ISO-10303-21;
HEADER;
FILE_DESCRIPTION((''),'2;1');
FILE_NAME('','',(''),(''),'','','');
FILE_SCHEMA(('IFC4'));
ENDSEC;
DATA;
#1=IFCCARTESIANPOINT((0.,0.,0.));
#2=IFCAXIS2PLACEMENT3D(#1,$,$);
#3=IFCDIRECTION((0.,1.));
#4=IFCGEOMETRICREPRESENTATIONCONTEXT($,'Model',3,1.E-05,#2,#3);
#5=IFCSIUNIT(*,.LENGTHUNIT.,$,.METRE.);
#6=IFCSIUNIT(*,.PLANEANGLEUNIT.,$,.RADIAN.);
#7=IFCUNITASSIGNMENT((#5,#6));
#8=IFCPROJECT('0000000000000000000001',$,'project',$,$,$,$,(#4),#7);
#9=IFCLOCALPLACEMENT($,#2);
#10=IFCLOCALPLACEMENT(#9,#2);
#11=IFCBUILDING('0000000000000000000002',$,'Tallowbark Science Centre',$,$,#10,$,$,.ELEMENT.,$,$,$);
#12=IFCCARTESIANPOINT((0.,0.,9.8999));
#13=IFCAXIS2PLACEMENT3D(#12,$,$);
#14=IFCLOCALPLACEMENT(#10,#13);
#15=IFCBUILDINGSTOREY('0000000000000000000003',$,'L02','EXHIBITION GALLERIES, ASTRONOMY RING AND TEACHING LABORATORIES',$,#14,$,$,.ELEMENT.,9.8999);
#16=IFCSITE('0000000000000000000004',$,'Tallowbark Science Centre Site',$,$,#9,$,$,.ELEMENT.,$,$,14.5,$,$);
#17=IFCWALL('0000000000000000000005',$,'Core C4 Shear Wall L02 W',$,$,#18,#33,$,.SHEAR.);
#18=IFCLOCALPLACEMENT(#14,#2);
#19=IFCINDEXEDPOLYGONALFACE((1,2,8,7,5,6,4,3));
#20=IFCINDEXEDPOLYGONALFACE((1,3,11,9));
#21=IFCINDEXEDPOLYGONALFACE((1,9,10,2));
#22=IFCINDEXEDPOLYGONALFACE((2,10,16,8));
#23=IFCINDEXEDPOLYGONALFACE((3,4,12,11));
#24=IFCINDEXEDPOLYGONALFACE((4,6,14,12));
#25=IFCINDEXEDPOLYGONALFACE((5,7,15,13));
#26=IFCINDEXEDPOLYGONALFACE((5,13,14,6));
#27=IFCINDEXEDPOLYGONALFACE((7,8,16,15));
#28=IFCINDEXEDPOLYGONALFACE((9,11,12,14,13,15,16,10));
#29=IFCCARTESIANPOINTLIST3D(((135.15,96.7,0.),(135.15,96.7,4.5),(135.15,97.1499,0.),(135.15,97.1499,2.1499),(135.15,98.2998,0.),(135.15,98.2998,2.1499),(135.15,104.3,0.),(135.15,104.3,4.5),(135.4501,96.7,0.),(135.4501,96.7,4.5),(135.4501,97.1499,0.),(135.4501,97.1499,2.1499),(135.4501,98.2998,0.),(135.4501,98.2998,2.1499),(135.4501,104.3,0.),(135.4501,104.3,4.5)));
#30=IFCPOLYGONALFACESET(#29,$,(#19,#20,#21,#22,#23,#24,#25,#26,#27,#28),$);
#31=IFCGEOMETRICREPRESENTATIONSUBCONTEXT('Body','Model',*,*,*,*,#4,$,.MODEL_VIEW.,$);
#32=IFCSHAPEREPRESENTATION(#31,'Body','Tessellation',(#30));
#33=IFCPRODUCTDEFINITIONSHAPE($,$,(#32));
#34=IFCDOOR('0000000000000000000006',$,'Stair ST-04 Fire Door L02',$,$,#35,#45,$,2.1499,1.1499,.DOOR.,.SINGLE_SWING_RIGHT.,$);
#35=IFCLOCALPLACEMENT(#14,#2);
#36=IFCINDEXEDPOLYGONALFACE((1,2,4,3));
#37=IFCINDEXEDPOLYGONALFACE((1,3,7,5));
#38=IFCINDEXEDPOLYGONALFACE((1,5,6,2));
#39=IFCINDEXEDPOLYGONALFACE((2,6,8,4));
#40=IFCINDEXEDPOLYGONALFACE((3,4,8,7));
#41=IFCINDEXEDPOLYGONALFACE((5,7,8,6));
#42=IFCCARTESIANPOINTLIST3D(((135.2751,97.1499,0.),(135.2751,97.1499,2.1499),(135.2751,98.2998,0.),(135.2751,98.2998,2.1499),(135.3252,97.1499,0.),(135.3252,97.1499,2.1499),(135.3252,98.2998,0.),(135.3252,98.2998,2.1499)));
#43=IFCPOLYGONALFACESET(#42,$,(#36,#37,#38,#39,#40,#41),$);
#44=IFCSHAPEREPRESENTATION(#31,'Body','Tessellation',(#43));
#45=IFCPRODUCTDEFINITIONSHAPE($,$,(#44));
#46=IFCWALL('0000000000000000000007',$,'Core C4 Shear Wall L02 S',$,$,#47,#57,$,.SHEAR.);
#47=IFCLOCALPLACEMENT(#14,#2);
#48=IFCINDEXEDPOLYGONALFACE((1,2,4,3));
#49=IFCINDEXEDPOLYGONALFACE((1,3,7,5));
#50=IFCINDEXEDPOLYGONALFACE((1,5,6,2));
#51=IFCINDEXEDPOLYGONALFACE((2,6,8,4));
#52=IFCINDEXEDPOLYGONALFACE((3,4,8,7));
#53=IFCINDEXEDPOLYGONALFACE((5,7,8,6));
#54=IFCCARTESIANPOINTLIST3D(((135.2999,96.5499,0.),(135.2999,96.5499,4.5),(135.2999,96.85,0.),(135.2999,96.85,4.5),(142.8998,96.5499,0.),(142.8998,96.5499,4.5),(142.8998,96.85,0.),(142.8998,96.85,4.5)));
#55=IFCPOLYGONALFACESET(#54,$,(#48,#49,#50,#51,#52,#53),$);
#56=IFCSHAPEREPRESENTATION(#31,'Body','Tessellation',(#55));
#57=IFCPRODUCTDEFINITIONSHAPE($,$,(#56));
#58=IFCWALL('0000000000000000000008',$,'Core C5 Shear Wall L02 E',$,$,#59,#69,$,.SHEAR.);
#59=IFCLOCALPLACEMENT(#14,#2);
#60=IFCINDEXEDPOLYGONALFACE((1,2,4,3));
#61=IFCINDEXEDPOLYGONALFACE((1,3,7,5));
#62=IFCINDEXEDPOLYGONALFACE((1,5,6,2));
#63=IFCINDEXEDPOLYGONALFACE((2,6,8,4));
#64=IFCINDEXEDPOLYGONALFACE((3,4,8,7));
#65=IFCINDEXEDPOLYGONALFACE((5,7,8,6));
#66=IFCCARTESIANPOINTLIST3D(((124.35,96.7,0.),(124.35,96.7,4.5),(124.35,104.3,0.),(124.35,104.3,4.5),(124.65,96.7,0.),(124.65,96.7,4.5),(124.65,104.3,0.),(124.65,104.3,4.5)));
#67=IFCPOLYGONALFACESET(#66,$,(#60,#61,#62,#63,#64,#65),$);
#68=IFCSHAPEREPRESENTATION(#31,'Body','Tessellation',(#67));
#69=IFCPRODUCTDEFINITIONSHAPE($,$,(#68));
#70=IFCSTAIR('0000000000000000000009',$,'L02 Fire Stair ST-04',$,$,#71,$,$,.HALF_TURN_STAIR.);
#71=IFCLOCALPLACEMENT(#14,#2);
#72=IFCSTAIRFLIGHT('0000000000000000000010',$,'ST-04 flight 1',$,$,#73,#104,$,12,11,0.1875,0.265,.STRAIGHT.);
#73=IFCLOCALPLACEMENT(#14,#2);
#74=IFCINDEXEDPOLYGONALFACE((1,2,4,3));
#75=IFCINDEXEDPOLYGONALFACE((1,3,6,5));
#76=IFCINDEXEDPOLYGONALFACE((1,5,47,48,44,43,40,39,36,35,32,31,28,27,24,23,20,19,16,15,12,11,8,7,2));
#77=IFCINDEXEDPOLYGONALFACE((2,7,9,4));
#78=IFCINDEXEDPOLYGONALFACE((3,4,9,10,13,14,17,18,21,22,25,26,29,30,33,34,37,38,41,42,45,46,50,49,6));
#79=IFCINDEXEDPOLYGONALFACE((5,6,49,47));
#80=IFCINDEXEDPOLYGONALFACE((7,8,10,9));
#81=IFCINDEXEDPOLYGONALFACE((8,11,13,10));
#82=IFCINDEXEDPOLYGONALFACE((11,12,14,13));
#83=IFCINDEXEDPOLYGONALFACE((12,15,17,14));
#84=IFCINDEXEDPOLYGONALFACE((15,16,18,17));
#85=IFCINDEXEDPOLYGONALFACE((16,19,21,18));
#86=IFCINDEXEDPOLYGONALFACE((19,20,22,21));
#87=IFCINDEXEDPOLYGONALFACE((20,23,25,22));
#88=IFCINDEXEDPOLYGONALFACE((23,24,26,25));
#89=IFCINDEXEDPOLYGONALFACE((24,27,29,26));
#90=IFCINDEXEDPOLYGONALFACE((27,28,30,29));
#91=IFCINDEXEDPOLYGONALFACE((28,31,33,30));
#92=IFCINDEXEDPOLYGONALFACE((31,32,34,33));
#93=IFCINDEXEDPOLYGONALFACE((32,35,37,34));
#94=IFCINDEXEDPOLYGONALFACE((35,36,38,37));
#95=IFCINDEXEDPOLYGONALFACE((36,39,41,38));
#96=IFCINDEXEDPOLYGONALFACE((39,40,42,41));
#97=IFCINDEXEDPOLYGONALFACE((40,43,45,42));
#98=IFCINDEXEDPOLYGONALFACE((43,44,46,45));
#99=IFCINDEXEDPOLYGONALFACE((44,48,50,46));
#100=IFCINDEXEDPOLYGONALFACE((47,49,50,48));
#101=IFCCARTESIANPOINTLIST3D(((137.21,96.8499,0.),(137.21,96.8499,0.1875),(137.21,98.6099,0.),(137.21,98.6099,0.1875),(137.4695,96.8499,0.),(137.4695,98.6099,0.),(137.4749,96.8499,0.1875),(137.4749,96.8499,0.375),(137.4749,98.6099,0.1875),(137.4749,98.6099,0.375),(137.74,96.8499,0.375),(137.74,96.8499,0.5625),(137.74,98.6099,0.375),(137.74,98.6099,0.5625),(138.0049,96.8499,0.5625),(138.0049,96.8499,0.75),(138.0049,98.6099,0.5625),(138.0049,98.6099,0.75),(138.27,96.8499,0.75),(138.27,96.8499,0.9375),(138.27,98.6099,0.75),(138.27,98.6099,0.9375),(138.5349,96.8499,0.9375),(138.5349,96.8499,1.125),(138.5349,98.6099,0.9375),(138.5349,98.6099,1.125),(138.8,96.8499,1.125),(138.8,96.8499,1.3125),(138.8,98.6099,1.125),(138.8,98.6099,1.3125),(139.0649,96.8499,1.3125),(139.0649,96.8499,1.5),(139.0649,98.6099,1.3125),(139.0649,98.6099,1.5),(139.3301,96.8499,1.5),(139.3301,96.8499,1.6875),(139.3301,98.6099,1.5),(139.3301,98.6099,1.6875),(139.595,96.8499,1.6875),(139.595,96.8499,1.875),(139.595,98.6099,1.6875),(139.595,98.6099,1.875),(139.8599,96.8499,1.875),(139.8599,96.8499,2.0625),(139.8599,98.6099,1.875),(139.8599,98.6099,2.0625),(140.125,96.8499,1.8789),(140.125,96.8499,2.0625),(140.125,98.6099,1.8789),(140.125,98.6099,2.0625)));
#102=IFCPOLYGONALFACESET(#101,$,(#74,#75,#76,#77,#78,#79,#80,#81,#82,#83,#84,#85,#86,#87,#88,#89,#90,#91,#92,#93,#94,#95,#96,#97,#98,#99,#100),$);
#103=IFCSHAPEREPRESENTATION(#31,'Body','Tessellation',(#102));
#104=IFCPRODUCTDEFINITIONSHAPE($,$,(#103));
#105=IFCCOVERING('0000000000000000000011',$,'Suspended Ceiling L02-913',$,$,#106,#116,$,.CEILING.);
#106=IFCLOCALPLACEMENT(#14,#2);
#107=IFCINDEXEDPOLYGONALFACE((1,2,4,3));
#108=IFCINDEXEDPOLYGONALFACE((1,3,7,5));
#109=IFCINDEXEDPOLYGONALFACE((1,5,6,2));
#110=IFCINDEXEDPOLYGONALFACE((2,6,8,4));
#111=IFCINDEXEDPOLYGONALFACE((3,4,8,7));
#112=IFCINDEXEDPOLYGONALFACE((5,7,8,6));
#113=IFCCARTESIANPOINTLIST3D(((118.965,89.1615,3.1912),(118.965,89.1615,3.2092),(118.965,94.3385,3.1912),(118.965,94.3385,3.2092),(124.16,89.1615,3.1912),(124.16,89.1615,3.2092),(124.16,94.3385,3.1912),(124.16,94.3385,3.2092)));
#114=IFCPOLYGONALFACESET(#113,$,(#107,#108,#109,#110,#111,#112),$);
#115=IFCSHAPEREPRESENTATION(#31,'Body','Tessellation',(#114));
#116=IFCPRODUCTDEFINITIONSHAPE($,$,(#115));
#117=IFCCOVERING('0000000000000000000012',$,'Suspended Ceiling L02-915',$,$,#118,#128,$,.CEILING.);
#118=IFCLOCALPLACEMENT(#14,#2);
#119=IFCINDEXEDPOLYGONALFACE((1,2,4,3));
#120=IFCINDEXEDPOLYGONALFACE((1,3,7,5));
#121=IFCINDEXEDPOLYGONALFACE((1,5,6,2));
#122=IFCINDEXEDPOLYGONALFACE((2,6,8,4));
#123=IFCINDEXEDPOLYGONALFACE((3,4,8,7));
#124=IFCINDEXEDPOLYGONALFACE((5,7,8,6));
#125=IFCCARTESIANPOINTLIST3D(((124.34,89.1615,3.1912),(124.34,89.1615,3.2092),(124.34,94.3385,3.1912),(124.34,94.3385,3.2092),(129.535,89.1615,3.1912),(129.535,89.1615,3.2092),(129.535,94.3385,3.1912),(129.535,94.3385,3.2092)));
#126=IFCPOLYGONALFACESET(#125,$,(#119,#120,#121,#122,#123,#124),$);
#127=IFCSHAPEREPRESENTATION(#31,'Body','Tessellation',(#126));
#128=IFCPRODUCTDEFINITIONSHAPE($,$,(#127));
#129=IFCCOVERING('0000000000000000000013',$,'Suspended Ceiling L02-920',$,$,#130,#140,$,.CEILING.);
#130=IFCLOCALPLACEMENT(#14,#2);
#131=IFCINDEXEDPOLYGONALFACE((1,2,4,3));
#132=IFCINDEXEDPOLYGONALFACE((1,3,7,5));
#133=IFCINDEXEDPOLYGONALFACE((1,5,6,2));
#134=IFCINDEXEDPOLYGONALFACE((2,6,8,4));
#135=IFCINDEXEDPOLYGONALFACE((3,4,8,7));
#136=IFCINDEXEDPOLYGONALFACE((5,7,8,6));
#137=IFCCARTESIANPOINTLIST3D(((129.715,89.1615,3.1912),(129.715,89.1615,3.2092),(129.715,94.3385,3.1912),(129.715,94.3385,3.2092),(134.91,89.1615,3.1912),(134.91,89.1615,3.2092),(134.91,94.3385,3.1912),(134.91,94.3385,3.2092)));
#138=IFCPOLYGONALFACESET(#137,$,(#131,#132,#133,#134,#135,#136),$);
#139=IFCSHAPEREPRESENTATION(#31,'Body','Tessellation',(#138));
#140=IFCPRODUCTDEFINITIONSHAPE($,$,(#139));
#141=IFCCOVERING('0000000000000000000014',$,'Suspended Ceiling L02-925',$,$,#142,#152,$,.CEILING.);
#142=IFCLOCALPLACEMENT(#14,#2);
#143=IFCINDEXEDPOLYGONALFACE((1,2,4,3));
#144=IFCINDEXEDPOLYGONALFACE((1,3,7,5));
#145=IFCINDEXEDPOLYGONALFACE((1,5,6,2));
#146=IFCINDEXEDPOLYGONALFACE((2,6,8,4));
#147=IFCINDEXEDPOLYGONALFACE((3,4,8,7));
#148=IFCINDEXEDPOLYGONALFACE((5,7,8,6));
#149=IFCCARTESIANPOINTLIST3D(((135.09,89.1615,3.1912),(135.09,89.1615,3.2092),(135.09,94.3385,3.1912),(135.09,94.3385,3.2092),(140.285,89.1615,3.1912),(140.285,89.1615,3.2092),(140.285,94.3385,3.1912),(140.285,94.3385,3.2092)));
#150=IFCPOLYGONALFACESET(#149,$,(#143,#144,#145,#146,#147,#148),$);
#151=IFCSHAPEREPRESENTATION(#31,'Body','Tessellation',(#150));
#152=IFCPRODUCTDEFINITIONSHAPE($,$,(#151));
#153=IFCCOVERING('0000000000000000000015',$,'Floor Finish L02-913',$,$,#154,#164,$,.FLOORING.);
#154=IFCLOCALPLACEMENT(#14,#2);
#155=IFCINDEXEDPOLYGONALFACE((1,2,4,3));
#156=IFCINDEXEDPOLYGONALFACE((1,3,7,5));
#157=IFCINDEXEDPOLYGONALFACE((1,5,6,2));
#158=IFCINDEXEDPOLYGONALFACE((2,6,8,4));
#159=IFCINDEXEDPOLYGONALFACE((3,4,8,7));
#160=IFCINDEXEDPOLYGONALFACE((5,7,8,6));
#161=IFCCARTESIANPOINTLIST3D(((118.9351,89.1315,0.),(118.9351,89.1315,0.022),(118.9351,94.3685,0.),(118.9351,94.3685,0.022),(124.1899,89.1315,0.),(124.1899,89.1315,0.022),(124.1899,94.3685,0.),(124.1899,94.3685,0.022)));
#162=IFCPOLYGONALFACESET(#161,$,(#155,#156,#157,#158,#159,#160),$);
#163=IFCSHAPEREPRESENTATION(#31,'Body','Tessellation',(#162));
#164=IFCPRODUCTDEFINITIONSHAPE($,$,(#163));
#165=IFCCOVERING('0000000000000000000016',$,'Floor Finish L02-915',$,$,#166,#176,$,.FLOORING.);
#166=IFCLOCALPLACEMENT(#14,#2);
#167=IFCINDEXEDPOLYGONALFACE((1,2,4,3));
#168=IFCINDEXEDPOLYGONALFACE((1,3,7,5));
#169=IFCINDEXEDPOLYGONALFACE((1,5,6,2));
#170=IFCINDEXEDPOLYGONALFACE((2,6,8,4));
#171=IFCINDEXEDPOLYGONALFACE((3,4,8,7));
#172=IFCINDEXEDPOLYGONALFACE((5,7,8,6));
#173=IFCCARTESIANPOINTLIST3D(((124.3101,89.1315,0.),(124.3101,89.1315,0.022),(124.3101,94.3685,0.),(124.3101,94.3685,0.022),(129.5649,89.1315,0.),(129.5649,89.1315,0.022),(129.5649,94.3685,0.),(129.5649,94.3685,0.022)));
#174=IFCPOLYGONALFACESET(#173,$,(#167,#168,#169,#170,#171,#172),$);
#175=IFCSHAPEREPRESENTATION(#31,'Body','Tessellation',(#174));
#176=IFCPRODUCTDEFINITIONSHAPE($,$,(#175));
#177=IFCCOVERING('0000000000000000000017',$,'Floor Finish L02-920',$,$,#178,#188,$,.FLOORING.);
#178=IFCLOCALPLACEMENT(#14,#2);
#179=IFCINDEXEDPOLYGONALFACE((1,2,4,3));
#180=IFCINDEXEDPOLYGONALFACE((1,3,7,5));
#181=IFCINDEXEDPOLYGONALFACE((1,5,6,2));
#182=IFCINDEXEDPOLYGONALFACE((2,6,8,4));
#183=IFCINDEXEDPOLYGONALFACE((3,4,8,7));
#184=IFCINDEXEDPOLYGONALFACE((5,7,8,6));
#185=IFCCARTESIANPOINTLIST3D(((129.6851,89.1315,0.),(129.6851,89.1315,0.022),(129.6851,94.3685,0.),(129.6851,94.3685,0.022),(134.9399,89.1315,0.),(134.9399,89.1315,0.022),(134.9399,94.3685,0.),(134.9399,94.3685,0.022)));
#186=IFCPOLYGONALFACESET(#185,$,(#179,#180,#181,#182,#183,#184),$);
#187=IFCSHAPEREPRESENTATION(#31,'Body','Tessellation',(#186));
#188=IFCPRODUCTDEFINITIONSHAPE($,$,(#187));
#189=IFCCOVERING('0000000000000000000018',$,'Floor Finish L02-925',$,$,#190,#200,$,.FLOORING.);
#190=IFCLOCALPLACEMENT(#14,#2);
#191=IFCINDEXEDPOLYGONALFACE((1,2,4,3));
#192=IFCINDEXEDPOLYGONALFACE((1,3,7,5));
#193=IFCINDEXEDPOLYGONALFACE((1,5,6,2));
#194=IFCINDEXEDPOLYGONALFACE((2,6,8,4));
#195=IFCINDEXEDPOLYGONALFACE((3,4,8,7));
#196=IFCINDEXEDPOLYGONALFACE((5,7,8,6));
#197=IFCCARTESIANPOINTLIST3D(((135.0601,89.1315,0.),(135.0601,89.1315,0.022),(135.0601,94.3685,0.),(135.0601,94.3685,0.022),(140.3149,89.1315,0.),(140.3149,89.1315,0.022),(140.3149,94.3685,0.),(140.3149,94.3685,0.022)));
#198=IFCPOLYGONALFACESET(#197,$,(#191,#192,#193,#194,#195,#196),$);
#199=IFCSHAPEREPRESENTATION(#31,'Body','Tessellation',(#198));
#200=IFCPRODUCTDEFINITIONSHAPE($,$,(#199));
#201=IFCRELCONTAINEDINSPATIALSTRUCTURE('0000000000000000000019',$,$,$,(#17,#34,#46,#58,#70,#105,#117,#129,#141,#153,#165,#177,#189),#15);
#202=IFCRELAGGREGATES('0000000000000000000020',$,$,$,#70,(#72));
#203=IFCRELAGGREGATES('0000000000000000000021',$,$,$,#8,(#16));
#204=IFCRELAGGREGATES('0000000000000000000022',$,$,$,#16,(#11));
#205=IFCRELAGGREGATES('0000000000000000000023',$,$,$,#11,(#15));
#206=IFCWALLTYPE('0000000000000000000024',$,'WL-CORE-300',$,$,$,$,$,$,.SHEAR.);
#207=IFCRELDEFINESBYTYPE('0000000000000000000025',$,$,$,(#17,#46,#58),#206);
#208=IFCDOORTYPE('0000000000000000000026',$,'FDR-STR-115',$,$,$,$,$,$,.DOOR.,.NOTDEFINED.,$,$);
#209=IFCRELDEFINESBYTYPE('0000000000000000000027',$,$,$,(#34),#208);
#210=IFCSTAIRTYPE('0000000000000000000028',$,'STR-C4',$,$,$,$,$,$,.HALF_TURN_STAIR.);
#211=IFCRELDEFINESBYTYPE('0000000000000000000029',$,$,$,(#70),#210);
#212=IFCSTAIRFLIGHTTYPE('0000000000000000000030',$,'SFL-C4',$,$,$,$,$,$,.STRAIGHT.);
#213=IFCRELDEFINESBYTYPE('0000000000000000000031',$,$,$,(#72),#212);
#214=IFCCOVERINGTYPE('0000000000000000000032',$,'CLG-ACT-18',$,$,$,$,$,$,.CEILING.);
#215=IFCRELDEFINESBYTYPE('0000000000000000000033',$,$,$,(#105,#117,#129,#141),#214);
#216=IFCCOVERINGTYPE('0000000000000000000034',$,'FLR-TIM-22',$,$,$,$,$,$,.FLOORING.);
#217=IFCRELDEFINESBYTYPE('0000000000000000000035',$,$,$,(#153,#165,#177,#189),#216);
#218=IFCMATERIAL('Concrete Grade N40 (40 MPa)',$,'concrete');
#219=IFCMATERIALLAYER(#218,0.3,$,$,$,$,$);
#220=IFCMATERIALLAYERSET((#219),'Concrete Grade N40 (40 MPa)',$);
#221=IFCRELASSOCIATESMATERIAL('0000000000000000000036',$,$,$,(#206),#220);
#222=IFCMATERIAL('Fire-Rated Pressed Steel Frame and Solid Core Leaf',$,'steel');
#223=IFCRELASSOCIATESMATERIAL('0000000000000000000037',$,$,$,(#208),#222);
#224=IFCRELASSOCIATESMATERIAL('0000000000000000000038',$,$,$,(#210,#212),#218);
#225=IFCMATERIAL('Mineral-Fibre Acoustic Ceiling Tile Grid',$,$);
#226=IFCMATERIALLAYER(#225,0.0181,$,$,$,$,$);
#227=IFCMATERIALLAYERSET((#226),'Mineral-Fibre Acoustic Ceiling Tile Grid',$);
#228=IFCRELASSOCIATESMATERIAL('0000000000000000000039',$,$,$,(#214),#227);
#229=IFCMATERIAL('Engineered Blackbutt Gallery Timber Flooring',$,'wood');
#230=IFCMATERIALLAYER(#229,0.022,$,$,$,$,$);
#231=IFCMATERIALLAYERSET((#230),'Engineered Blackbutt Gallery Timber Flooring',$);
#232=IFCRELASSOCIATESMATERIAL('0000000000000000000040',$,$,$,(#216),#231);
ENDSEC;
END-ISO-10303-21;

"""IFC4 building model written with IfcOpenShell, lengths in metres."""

from ifc_helpers import new_model, si_unit, direction, frame, frame_2d, origin, origin_2d, place, context, subcontext, project, spatial, polyline, rectangle, outline, extrude, material, layer, layer_set, type_object, element, fill, aggregate, save


model = new_model("IFC4")

# Units and contexts
model_context = context("Model", 3, precision=1e-05, world=origin(), true_north=direction((0.0, 1.0)))
body_context = subcontext(model_context, "Body", "Model", "MODEL_VIEW")
ifc_project = project(units=[si_unit("LENGTHUNIT", "METRE"), si_unit("PLANEANGLEUNIT", "RADIAN")], contexts=[model_context])

# Site, building, storey
site_placement = place(None, origin())
site = spatial("IfcSite", under=ifc_project, at=site_placement, Name="Tallowbark Science Centre Site", CompositionType="ELEMENT", RefElevation=14.5)
building_placement = place(site_placement, origin())
building = spatial("IfcBuilding", under=site, at=building_placement, Name="Tallowbark Science Centre", CompositionType="ELEMENT")
storey_placement = place(building_placement, frame((0.0, 0.0, 9.8999)))
storey = spatial("IfcBuildingStorey", under=building, at=storey_placement, Name="L02", Description="EXHIBITION GALLERIES, ASTRONOMY RING AND TEACHING LABORATORIES", CompositionType="ELEMENT", Elevation=9.8999)

# Shared definitions
ifc_material_1 = material(Name="Concrete Grade N40 (40 MPa)", Category="concrete")

# Wall, opening, door
ifc_layer_1 = layer(ifc_material_1, 0.3)
ifc_layer_set_1 = layer_set([ifc_layer_1], Name="Concrete Grade N40 (40 MPa)")
wall_type_1 = type_object("IfcWallType", Name="WL-CORE-300", PredefinedType="SHEAR", material=ifc_layer_set_1)
wall_1_placement = place(storey_placement, frame((135.3, 96.7, 0.0), z_axis=(0.0, 0.0, 1.0), x_axis=(0.0, 1.0, 0.0)))
wall_1 = element("IfcWall", 1, at=wall_1_placement, inside=storey, type_object=wall_type_1, Name="Core C4 Shear Wall L02 W", PredefinedType="SHEAR", context=body_context, shape_type="SweptSolid", body=[
    extrude(rectangle(XDim=7.6001, YDim=0.3, at=frame_2d((3.8, 0.0))), origin(), (0.0, 0.0, 1.0), 4.5),
])
opening_1_placement = place(wall_1_placement, frame((0.45, 0.0, 0.0)))
opening_1 = element("IfcOpeningElement", 2, at=opening_1_placement, cuts=wall_1, PredefinedType="OPENING", context=body_context, shape_type="SweptSolid", body=[
    extrude(rectangle(XDim=1.1499, YDim=2.1499, at=frame_2d((0.575, 1.075))), frame((0.0, 0.1602, 0.0), z_axis=(0.0, -1.0, 0.0), x_axis=(1.0, 0.0, 0.0)), (0.0, 0.0, 1.0), 0.3201),
])
ifc_material_2 = material(Name="Fire-Rated Pressed Steel Frame and Solid Core Leaf", Category="steel")
door_type_1 = type_object("IfcDoorType", Name="FDR-STR-115", OperationType="NOTDEFINED", PredefinedType="DOOR", material=ifc_material_2)
door_1_placement = place(opening_1_placement, origin())
door_1 = element("IfcDoor", 3, at=door_1_placement, inside=storey, type_object=door_type_1, Name="Stair ST-04 Fire Door L02", OperationType="SINGLE_SWING_RIGHT", OverallHeight=2.1499, OverallWidth=1.1499, PredefinedType="DOOR", context=body_context, shape_type="SweptSolid", body=[
    extrude(rectangle(XDim=1.1499, YDim=2.1499, at=frame_2d((0.575, 1.075))), frame((0.0, 0.0249, 0.0), z_axis=(0.0, -1.0, 0.0), x_axis=(1.0, 0.0, 0.0)), (0.0, 0.0, 1.0), 0.05),
])
fill(opening_1, door_1)

# Walls
wall_2_placement = place(storey_placement, frame((135.3, 96.7, 0.0), z_axis=(0.0, 0.0, 1.0), x_axis=(1.0, 0.0, 0.0)))
element("IfcWall", 4, at=wall_2_placement, inside=storey, type_object=wall_type_1, Name="Core C4 Shear Wall L02 S", PredefinedType="SHEAR", context=body_context, shape_type="SweptSolid", body=[
    extrude(rectangle(XDim=7.5999, YDim=0.3, at=frame_2d((3.7998, 0.0))), origin(), (0.0, 0.0, 1.0), 4.5),
])
wall_3_placement = place(storey_placement, frame((124.5, 96.7, 0.0), z_axis=(0.0, 0.0, 1.0), x_axis=(0.0, 1.0, 0.0)))
element("IfcWall", 5, at=wall_3_placement, inside=storey, type_object=wall_type_1, Name="Core C5 Shear Wall L02 E", PredefinedType="SHEAR", context=body_context, shape_type="SweptSolid", body=[
    extrude(rectangle(XDim=7.6001, YDim=0.3, at=frame_2d((3.8, 0.0))), origin(), (0.0, 0.0, 1.0), 4.5),
])

# Stair, stair flight
stair_type = type_object("IfcStairType", Name="STR-C4", PredefinedType="HALF_TURN_STAIR", material=ifc_material_1)
stair_placement = place(storey_placement, origin())
stair = element("IfcStair", 6, at=stair_placement, inside=storey, type_object=stair_type, Name="L02 Fire Stair ST-04", PredefinedType="HALF_TURN_STAIR")
stair_flight_type = type_object("IfcStairFlightType", Name="SFL-C4", PredefinedType="STRAIGHT", material=ifc_material_1)
stair_flight_placement = place(storey_placement, frame((137.21, 97.73, 0.0), z_axis=(0.0, 0.0, 1.0), x_axis=(1.0, 0.0, 0.0)))
stair_flight = element("IfcStairFlight", 7, at=stair_flight_placement, type_object=stair_flight_type, Name="ST-04 flight 1", NumberOfRisers=12, NumberOfTreads=11, PredefinedType="STRAIGHT", RiserHeight=0.1875, TreadLength=0.265, context=body_context, shape_type="SweptSolid", body=[
    extrude(outline(polyline([(0.0, 0.0), (0.0, 0.1875), (0.2649, 0.1875), (0.2649, 0.375), (0.53, 0.375), (0.53, 0.5625), (0.7949, 0.5625), (0.7949, 0.75), (1.0601, 0.75), (1.0601, 0.9375), (1.325, 0.9375), (1.325, 1.125), (1.5901, 1.125), (1.5901, 1.3125), (1.855, 1.3125), (1.855, 1.5), (2.1201, 1.5), (2.1201, 1.6875), (2.385, 1.6875), (2.385, 1.875), (2.6499, 1.875), (2.6499, 2.0625), (2.915, 2.0625), (2.915, 2.25), (2.915, 1.8789), (0.2595, 0.0), (0.0, 0.0)])), frame((0.0, 0.8799, 0.0), z_axis=(0.0, -1.0, 0.0), x_axis=(1.0, 0.0, 0.0)), (0.0, 0.0, 1.0), 1.76),
])
aggregate(stair, [stair_flight])

# Coverings
ifc_material_3 = material(Name="Mineral-Fibre Acoustic Ceiling Tile Grid")
ifc_layer_2 = layer(ifc_material_3, 0.0181)
ifc_layer_set_2 = layer_set([ifc_layer_2], Name="Mineral-Fibre Acoustic Ceiling Tile Grid")
covering_type_1 = type_object("IfcCoveringType", Name="CLG-ACT-18", PredefinedType="CEILING", material=ifc_layer_set_2)
for number, where, z_axis, x_axis, name in (
    (8, (121.5625, 91.75, 3.1912), (0.0, 0.0, 1.0), (1.0, 0.0, 0.0), "Suspended Ceiling L02-913"),
    (9, (126.9375, 91.75, 3.1912), (0.0, 0.0, 1.0), (1.0, 0.0, 0.0), "Suspended Ceiling L02-915"),
    (10, (132.3125, 91.75, 3.1912), (0.0, 0.0, 1.0), (1.0, 0.0, 0.0), "Suspended Ceiling L02-920"),
    (11, (137.6875, 91.75, 3.1912), (0.0, 0.0, 1.0), (1.0, 0.0, 0.0), "Suspended Ceiling L02-925"),
):
    element("IfcCovering", number, at=place(storey_placement, frame(where, z_axis=z_axis, x_axis=x_axis)), inside=storey, type_object=covering_type_1, Name=name, PredefinedType="CEILING", context=body_context, shape_type="SweptSolid", body=[
        extrude(rectangle(XDim=5.1951, YDim=5.177, at=origin_2d()), origin(), (0.0, 0.0, 1.0), 0.0181),
    ])
ifc_material_4 = material(Name="Engineered Blackbutt Gallery Timber Flooring", Category="wood")
ifc_layer_3 = layer(ifc_material_4, 0.022)
ifc_layer_set_3 = layer_set([ifc_layer_3], Name="Engineered Blackbutt Gallery Timber Flooring")
covering_type_2 = type_object("IfcCoveringType", Name="FLR-TIM-22", PredefinedType="FLOORING", material=ifc_layer_set_3)
for number, where, z_axis, x_axis, name in (
    (12, (121.5625, 91.75, 0.0), (0.0, 0.0, 1.0), (1.0, 0.0, 0.0), "Floor Finish L02-913"),
    (13, (126.9375, 91.75, 0.0), (0.0, 0.0, 1.0), (1.0, 0.0, 0.0), "Floor Finish L02-915"),
    (14, (132.3125, 91.75, 0.0), (0.0, 0.0, 1.0), (1.0, 0.0, 0.0), "Floor Finish L02-920"),
    (15, (137.6875, 91.75, 0.0), (0.0, 0.0, 1.0), (1.0, 0.0, 0.0), "Floor Finish L02-925"),
):
    element("IfcCovering", number, at=place(storey_placement, frame(where, z_axis=z_axis, x_axis=x_axis)), inside=storey, type_object=covering_type_2, Name=name, PredefinedType="FLOORING", context=body_context, shape_type="SweptSolid", body=[
        extrude(rectangle(XDim=5.2549, YDim=5.2371, at=origin_2d()), origin(), (0.0, 0.0, 1.0), 0.022),
    ])

save(model, "model.ifc")
